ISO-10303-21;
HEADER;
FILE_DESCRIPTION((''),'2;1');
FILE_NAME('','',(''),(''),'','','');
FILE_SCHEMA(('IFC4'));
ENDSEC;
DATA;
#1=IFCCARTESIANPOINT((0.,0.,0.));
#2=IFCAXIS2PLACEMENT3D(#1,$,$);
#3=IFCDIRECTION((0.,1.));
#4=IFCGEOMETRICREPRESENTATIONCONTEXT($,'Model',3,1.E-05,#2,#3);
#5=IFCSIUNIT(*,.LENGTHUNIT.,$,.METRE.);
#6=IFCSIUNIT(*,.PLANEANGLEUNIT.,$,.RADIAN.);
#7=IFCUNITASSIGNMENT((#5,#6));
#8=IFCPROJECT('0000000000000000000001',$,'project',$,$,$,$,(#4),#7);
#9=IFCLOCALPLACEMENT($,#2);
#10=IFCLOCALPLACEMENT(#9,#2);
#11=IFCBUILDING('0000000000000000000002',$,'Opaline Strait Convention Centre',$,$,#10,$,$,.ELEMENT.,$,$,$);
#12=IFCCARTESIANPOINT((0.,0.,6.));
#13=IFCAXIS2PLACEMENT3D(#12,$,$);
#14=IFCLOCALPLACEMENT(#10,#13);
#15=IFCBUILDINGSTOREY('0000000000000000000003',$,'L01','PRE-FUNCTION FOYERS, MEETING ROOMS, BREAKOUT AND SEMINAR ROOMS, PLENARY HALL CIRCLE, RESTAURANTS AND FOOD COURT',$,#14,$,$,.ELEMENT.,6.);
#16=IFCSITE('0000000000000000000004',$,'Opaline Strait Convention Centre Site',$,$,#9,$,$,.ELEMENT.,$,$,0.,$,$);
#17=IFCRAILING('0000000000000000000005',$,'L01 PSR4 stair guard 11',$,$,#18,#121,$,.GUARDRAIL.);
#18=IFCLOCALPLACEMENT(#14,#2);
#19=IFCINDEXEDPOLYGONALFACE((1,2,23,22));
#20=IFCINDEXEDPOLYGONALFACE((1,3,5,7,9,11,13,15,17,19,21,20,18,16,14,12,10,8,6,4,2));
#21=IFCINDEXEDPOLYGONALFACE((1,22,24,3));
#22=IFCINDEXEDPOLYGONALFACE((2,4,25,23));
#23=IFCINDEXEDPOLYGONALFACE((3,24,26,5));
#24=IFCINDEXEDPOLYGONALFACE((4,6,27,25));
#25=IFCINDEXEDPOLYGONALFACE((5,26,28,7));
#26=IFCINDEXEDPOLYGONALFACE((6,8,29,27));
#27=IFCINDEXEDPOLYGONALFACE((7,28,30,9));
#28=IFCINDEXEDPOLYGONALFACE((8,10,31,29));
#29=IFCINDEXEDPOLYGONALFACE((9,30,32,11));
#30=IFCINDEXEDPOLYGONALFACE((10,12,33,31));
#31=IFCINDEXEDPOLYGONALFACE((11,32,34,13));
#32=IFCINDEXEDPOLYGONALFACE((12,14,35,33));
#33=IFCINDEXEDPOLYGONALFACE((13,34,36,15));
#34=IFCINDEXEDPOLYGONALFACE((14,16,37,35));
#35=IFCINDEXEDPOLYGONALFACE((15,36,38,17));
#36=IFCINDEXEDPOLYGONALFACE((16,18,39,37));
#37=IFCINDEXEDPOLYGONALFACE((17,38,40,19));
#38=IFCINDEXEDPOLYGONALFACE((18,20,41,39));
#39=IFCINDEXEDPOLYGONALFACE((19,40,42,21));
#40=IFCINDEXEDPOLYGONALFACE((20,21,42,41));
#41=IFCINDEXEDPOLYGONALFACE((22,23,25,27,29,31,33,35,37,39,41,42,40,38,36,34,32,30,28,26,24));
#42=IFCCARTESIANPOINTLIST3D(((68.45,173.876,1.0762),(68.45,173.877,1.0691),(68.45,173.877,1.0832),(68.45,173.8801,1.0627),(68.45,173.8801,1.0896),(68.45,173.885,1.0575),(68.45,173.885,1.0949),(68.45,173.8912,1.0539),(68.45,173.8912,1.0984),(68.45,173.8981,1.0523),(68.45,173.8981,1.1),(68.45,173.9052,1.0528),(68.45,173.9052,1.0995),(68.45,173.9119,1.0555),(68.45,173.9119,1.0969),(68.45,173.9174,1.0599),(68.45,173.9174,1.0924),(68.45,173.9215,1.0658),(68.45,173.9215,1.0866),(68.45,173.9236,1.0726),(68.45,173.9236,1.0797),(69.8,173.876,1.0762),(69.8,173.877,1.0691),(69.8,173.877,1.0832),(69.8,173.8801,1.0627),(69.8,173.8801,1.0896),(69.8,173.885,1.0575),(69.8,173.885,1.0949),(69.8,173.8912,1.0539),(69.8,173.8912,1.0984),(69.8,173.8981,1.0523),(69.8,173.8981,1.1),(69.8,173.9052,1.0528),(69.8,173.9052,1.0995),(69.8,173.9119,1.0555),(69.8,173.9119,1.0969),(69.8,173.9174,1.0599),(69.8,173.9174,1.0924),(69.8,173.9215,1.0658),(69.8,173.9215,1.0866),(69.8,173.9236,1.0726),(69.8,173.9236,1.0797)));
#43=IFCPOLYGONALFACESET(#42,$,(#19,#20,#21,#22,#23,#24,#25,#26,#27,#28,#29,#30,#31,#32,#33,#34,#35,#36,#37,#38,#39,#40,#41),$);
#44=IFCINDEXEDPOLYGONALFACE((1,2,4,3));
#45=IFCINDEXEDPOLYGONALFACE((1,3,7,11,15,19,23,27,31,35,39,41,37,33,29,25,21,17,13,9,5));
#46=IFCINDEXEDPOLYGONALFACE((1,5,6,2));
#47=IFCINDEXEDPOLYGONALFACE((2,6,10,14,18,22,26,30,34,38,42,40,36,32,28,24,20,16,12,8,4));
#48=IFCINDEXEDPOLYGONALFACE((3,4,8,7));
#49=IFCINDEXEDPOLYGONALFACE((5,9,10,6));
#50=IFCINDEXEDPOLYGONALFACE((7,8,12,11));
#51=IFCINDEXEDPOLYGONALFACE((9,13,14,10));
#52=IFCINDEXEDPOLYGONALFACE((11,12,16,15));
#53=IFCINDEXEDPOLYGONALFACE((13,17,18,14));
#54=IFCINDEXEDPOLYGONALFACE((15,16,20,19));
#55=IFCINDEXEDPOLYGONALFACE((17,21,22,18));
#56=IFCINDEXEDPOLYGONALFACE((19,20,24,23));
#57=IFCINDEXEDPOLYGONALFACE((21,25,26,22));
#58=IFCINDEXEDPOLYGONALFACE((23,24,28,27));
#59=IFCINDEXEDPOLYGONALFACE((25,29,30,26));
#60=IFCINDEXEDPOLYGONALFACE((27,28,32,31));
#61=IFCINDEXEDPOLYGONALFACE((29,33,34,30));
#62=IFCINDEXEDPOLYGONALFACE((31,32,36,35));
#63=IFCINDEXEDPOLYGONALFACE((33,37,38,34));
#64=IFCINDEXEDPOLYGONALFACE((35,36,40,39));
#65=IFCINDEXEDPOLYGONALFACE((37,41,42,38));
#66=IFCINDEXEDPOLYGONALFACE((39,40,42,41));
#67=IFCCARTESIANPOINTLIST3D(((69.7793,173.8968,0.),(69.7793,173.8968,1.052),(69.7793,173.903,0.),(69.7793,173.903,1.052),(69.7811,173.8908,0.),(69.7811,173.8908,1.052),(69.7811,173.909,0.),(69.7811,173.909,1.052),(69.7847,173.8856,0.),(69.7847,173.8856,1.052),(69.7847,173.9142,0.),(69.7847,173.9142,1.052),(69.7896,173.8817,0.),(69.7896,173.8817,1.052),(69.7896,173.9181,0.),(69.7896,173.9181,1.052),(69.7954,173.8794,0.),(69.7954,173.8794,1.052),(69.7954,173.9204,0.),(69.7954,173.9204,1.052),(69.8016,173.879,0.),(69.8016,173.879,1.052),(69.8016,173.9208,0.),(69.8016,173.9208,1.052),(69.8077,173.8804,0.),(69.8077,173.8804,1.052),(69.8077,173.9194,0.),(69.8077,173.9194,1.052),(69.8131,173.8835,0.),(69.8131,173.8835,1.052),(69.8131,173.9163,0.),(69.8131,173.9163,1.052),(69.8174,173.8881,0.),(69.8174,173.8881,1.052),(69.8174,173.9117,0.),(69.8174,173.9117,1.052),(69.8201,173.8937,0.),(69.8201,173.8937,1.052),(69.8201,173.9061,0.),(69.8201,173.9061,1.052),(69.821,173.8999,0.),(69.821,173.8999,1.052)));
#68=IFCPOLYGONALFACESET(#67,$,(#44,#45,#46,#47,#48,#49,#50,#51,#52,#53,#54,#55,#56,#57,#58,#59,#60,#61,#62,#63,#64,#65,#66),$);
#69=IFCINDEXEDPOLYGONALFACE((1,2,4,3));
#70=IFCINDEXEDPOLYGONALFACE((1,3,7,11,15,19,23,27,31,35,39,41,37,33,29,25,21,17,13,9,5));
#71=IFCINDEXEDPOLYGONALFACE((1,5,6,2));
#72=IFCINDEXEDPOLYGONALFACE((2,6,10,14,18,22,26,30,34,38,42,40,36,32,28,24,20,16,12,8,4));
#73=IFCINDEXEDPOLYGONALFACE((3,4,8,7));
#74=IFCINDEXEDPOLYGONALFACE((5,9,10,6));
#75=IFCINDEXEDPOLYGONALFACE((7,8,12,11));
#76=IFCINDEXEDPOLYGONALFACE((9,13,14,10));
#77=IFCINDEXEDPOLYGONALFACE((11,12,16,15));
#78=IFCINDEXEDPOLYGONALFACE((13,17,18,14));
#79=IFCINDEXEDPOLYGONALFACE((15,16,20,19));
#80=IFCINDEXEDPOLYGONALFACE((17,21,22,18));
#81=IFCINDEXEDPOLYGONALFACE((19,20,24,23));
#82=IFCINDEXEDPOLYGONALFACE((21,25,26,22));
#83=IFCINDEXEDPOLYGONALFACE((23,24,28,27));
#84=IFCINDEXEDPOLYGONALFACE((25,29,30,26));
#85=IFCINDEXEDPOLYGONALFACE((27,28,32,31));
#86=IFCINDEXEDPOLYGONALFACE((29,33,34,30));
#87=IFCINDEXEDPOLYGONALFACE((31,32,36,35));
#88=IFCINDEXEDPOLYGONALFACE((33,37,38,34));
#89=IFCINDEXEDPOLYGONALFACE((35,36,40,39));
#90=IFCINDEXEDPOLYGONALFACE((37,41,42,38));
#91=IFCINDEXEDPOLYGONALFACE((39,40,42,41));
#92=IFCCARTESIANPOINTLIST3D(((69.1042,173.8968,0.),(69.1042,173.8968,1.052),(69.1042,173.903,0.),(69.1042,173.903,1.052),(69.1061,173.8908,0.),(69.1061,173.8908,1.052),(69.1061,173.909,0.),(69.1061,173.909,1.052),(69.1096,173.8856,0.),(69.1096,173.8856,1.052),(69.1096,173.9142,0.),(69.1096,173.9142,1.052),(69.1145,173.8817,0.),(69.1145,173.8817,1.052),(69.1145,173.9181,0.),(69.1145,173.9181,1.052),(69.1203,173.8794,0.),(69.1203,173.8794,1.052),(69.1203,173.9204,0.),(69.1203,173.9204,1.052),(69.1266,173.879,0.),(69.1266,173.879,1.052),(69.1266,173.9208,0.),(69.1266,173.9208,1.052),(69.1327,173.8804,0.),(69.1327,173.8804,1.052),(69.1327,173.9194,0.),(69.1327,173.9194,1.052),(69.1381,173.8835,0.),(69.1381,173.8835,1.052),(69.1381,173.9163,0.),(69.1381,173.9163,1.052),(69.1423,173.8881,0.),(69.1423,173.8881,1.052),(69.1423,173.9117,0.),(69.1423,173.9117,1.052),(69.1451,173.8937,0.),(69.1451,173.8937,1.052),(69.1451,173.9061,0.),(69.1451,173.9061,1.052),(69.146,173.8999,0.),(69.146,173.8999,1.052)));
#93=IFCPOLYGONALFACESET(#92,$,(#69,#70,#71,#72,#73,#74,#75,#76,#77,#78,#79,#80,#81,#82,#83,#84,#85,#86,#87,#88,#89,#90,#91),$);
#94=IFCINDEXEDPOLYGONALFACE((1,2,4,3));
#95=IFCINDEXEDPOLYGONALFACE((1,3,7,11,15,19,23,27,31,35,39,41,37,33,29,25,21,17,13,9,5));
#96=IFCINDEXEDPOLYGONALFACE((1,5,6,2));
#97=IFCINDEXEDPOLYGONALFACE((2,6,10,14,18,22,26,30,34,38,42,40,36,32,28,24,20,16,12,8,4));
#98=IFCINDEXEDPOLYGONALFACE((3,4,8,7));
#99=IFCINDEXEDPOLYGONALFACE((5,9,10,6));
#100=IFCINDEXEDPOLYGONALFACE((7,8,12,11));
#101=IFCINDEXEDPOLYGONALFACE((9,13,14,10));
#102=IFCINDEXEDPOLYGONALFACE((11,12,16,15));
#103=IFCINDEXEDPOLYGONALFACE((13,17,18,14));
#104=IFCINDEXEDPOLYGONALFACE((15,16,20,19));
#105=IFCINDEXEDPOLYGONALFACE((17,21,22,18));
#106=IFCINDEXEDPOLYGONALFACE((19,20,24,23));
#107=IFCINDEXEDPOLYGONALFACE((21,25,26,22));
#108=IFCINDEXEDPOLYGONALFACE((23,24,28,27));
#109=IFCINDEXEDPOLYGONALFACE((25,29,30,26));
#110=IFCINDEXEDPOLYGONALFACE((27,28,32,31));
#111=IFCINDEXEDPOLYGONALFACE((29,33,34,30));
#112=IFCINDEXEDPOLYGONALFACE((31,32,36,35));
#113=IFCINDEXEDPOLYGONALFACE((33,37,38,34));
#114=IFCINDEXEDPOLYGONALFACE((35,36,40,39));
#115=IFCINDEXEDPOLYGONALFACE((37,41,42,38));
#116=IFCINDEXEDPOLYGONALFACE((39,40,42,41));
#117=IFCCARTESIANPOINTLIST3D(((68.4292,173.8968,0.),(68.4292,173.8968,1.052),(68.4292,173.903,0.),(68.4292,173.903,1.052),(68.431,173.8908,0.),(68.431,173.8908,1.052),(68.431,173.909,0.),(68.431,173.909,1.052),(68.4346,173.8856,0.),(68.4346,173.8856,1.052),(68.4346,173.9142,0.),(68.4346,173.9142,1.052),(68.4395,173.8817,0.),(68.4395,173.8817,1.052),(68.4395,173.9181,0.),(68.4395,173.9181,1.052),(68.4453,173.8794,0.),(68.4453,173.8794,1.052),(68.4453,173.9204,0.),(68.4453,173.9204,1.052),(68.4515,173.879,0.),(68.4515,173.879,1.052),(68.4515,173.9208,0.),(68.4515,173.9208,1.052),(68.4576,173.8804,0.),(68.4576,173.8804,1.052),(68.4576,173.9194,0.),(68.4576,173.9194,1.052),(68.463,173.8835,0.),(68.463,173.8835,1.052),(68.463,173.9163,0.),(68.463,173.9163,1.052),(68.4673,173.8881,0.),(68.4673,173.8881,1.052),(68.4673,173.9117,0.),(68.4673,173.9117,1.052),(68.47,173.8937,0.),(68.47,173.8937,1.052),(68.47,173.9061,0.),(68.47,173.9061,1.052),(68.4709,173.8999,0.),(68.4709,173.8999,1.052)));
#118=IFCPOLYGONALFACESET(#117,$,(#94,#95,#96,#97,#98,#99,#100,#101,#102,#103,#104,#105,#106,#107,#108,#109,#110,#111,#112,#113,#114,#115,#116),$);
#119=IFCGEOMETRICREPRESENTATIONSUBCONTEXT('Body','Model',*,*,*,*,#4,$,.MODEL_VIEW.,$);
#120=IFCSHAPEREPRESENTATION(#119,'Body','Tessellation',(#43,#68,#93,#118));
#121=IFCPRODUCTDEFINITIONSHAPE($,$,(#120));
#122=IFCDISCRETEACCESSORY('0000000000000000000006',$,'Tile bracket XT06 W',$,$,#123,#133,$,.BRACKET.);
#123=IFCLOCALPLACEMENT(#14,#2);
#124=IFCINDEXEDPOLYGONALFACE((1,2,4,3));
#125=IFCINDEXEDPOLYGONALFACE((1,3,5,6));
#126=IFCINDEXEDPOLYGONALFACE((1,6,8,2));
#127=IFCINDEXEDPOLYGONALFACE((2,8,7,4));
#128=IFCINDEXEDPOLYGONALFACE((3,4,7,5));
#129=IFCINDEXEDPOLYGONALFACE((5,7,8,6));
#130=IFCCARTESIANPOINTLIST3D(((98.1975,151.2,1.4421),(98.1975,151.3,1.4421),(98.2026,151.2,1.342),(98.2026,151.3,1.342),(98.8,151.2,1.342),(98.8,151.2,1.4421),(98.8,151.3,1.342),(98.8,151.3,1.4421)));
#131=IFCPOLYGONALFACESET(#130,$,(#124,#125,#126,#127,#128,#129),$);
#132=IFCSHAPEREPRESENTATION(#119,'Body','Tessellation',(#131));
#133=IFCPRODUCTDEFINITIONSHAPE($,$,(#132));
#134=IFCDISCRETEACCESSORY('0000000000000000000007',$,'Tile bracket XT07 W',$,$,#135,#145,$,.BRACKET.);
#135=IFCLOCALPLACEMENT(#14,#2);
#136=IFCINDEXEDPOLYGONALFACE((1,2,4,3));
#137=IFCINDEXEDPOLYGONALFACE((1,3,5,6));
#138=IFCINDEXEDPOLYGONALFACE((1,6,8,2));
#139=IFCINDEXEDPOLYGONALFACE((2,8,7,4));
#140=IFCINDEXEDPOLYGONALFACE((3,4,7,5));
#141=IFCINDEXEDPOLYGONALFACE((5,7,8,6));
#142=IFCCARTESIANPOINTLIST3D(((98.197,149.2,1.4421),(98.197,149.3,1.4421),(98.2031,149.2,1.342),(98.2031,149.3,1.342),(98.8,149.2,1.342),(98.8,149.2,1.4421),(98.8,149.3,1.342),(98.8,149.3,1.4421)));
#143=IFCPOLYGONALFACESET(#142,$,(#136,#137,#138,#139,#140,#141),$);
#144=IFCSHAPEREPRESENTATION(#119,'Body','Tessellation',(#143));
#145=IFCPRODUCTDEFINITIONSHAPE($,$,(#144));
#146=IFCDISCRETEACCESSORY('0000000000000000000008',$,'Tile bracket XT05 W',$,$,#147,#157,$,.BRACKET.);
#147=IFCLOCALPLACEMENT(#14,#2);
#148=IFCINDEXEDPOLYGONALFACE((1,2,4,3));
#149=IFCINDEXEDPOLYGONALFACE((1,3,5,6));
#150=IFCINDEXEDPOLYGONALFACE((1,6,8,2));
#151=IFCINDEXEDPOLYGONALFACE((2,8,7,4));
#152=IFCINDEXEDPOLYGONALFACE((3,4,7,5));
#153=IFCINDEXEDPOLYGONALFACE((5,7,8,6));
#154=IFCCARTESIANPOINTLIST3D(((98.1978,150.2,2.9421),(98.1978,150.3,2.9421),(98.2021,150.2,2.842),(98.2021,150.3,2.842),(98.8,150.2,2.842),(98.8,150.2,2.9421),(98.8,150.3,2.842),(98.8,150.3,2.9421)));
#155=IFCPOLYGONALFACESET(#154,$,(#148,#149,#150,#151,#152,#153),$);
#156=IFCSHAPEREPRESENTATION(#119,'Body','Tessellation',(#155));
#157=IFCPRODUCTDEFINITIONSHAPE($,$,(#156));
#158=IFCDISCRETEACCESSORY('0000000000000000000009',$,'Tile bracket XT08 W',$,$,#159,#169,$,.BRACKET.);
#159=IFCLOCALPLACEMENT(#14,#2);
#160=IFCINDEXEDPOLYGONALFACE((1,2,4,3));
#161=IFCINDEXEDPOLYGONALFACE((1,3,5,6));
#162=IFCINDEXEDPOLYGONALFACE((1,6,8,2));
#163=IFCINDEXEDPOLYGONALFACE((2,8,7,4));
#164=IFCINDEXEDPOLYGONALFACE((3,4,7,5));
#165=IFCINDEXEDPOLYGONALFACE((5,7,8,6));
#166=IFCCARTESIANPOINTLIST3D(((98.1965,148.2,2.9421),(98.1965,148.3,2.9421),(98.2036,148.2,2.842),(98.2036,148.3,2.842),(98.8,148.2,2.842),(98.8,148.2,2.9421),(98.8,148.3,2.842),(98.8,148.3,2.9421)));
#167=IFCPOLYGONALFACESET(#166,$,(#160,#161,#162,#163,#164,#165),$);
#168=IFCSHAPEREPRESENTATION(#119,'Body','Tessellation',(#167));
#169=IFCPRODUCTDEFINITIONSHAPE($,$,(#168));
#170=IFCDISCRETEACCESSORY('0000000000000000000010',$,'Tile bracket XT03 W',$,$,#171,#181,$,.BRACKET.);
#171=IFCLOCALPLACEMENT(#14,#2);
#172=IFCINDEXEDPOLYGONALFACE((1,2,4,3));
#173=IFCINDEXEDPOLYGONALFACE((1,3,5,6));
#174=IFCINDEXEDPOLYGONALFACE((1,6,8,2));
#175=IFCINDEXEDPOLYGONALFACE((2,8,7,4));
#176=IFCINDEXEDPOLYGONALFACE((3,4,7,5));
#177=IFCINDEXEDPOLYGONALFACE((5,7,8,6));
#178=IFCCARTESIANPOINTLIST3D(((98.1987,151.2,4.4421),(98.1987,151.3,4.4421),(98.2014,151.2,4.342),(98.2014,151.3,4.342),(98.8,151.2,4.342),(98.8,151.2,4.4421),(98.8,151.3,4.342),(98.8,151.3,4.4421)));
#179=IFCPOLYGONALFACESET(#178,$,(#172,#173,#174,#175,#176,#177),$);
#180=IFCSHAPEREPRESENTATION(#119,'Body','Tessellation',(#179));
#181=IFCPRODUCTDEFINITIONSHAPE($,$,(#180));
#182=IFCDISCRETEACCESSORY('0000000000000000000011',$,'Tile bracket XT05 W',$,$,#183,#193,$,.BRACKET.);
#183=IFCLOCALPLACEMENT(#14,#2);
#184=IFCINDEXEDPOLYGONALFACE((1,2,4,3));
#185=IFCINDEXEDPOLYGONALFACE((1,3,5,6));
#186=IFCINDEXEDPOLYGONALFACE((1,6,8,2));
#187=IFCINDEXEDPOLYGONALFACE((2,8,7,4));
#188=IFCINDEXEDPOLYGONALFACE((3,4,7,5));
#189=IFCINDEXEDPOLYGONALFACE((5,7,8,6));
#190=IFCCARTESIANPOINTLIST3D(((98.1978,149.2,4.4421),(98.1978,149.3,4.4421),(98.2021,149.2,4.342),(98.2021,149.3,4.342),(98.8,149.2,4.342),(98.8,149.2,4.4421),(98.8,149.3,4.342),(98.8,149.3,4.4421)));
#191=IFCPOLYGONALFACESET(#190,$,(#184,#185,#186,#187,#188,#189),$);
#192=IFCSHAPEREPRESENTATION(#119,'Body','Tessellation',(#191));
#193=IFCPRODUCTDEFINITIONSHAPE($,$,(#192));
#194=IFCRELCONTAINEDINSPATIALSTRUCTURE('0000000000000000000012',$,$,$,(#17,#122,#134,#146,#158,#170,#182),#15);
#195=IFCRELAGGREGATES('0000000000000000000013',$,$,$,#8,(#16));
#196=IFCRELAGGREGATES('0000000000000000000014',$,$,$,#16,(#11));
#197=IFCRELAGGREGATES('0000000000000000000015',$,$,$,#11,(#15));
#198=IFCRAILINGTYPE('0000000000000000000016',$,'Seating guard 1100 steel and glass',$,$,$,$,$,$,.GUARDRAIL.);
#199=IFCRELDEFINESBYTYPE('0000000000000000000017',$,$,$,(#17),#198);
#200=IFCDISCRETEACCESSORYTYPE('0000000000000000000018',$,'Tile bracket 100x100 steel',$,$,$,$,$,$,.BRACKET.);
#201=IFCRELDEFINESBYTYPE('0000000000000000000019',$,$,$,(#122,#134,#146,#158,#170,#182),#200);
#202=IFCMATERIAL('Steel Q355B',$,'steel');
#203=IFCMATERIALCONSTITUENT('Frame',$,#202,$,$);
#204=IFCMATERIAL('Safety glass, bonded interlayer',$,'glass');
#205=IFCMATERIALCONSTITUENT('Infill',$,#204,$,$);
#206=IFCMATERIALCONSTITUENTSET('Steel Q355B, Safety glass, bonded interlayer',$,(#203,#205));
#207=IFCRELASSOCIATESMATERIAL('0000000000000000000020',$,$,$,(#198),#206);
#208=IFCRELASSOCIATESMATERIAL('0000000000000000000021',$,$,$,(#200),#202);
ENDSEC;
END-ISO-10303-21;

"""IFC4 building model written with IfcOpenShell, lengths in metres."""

from ifc_helpers import new_model, si_unit, direction, frame, origin, origin_2d, place, context, subcontext, project, spatial, polyline, circle, outline, extrude, material, constituent, constituent_set, type_object, element, save


model = new_model("IFC4")

# Units and contexts
model_context = context("Model", 3, precision=1e-05, world=origin(), true_north=direction((0.0, 1.0)))
body_context = subcontext(model_context, "Body", "Model", "MODEL_VIEW")
ifc_project = project(units=[si_unit("LENGTHUNIT", "METRE"), si_unit("PLANEANGLEUNIT", "RADIAN")], contexts=[model_context])

# Site, building, storey
site_placement = place(None, origin())
site = spatial("IfcSite", under=ifc_project, at=site_placement, Name="Opaline Strait Convention Centre Site", CompositionType="ELEMENT", RefElevation=0.0)
building_placement = place(site_placement, origin())
building = spatial("IfcBuilding", under=site, at=building_placement, Name="Opaline Strait Convention Centre", CompositionType="ELEMENT")
storey_placement = place(building_placement, frame((0.0, 0.0, 6.0)))
storey = spatial("IfcBuildingStorey", under=building, at=storey_placement, Name="L01", Description="PRE-FUNCTION FOYERS, MEETING ROOMS, BREAKOUT AND SEMINAR ROOMS, PLENARY HALL CIRCLE, RESTAURANTS AND FOOD COURT", CompositionType="ELEMENT", Elevation=6.0)

# Shared definitions
ifc_material_1 = material(Name="Steel Q355B", Category="steel")

# Railing
ifc_constituent_1 = constituent(ifc_material_1, Name="Frame")
ifc_material_2 = material(Name="Safety glass, bonded interlayer", Category="glass")
ifc_constituent_2 = constituent(ifc_material_2, Name="Infill")
ifc_constituent_set = constituent_set(constituents=[ifc_constituent_1, ifc_constituent_2], Name="Steel Q355B, Safety glass, bonded interlayer")
railing_type = type_object("IfcRailingType", Name="Seating guard 1100 steel and glass", PredefinedType="GUARDRAIL", material=ifc_constituent_set)
for number, where, name in (
    (1, (69.8, 173.8999, 0.0), "L01 PSR4 stair guard 11"),
):
    element("IfcRailing", number, at=place(storey_placement, frame(where)), inside=storey, type_object=railing_type, Name=name, PredefinedType="GUARDRAIL", context=body_context, shape_type="SweptSolid", body=[
        extrude(circle(Radius=0.0239, at=origin_2d()), frame((0.0, 0.0, 1.0762), z_axis=(-1.0, 0.0, 0.0), x_axis=(0.0, -1.0, 0.0)), (0.0, 0.0, 1.0), 1.3501),
        extrude(circle(Radius=0.021, at=origin_2d()), origin(), (0.0, 0.0, 1.0), 1.052),
        extrude(circle(Radius=0.021, at=origin_2d()), frame((-0.675, 0.0, 0.0)), (0.0, 0.0, 1.0), 1.052),
        extrude(circle(Radius=0.021, at=origin_2d()), frame((-1.3501, 0.0, 0.0)), (0.0, 0.0, 1.0), 1.052),
    ])

# Discrete accessories
discrete_accessory_type = type_object("IfcDiscreteAccessoryType", Name="Tile bracket 100x100 steel", PredefinedType="BRACKET", material=ifc_material_1)
discrete_accessory_1_placement = place(storey_placement, frame((98.8, 151.3, 1.3921), z_axis=(0.0, -1.0, 0.0), x_axis=(1.0, 0.0, 0.0)))
element("IfcDiscreteAccessory", 2, at=discrete_accessory_1_placement, inside=storey, type_object=discrete_accessory_type, Name="Tile bracket XT06 W", PredefinedType="BRACKET", context=body_context, shape_type="SweptSolid", body=[
    extrude(outline(polyline([(0.0, -0.05), (0.0, 0.05), (-0.6025, 0.05), (-0.5974, -0.05), (0.0, -0.05)])), origin(), (0.0, 0.0, 1.0), 0.1001),
])
discrete_accessory_2_placement = place(storey_placement, frame((98.8, 149.3, 1.3921), z_axis=(0.0, -1.0, 0.0), x_axis=(1.0, 0.0, 0.0)))
element("IfcDiscreteAccessory", 3, at=discrete_accessory_2_placement, inside=storey, type_object=discrete_accessory_type, Name="Tile bracket XT07 W", PredefinedType="BRACKET", context=body_context, shape_type="SweptSolid", body=[
    extrude(outline(polyline([(0.0, -0.05), (0.0, 0.05), (-0.603, 0.05), (-0.5969, -0.05), (0.0, -0.05)])), origin(), (0.0, 0.0, 1.0), 0.1001),
])
discrete_accessory_3_placement = place(storey_placement, frame((98.8, 150.3, 2.8921), z_axis=(0.0, -1.0, 0.0), x_axis=(1.0, 0.0, 0.0)))
element("IfcDiscreteAccessory", 4, at=discrete_accessory_3_placement, inside=storey, type_object=discrete_accessory_type, Name="Tile bracket XT05 W", PredefinedType="BRACKET", context=body_context, shape_type="SweptSolid", body=[
    extrude(outline(polyline([(0.0, -0.05), (0.0, 0.05), (-0.6023, 0.05), (-0.5979, -0.05), (0.0, -0.05)])), origin(), (0.0, 0.0, 1.0), 0.1001),
])
discrete_accessory_4_placement = place(storey_placement, frame((98.8, 148.3, 2.8921), z_axis=(0.0, -1.0, 0.0), x_axis=(1.0, 0.0, 0.0)))
element("IfcDiscreteAccessory", 5, at=discrete_accessory_4_placement, inside=storey, type_object=discrete_accessory_type, Name="Tile bracket XT08 W", PredefinedType="BRACKET", context=body_context, shape_type="SweptSolid", body=[
    extrude(outline(polyline([(0.0, -0.05), (0.0, 0.05), (-0.6035, 0.05), (-0.5964, -0.05), (0.0, -0.05)])), origin(), (0.0, 0.0, 1.0), 0.1001),
])
discrete_accessory_5_placement = place(storey_placement, frame((98.8, 151.3, 4.3921), z_axis=(0.0, -1.0, 0.0), x_axis=(1.0, 0.0, 0.0)))
element("IfcDiscreteAccessory", 6, at=discrete_accessory_5_placement, inside=storey, type_object=discrete_accessory_type, Name="Tile bracket XT03 W", PredefinedType="BRACKET", context=body_context, shape_type="SweptSolid", body=[
    extrude(outline(polyline([(0.0, -0.05), (0.0, 0.05), (-0.6013, 0.05), (-0.5986, -0.05), (0.0, -0.05)])), origin(), (0.0, 0.0, 1.0), 0.1001),
])
discrete_accessory_6_placement = place(storey_placement, frame((98.8, 149.3, 4.3921), z_axis=(0.0, -1.0, 0.0), x_axis=(1.0, 0.0, 0.0)))
element("IfcDiscreteAccessory", 7, at=discrete_accessory_6_placement, inside=storey, type_object=discrete_accessory_type, Name="Tile bracket XT05 W", PredefinedType="BRACKET", context=body_context, shape_type="SweptSolid", body=[
    extrude(outline(polyline([(0.0, -0.05), (0.0, 0.05), (-0.6023, 0.05), (-0.5979, -0.05), (0.0, -0.05)])), origin(), (0.0, 0.0, 1.0), 0.1001),
])

save(model, "model.ifc")
